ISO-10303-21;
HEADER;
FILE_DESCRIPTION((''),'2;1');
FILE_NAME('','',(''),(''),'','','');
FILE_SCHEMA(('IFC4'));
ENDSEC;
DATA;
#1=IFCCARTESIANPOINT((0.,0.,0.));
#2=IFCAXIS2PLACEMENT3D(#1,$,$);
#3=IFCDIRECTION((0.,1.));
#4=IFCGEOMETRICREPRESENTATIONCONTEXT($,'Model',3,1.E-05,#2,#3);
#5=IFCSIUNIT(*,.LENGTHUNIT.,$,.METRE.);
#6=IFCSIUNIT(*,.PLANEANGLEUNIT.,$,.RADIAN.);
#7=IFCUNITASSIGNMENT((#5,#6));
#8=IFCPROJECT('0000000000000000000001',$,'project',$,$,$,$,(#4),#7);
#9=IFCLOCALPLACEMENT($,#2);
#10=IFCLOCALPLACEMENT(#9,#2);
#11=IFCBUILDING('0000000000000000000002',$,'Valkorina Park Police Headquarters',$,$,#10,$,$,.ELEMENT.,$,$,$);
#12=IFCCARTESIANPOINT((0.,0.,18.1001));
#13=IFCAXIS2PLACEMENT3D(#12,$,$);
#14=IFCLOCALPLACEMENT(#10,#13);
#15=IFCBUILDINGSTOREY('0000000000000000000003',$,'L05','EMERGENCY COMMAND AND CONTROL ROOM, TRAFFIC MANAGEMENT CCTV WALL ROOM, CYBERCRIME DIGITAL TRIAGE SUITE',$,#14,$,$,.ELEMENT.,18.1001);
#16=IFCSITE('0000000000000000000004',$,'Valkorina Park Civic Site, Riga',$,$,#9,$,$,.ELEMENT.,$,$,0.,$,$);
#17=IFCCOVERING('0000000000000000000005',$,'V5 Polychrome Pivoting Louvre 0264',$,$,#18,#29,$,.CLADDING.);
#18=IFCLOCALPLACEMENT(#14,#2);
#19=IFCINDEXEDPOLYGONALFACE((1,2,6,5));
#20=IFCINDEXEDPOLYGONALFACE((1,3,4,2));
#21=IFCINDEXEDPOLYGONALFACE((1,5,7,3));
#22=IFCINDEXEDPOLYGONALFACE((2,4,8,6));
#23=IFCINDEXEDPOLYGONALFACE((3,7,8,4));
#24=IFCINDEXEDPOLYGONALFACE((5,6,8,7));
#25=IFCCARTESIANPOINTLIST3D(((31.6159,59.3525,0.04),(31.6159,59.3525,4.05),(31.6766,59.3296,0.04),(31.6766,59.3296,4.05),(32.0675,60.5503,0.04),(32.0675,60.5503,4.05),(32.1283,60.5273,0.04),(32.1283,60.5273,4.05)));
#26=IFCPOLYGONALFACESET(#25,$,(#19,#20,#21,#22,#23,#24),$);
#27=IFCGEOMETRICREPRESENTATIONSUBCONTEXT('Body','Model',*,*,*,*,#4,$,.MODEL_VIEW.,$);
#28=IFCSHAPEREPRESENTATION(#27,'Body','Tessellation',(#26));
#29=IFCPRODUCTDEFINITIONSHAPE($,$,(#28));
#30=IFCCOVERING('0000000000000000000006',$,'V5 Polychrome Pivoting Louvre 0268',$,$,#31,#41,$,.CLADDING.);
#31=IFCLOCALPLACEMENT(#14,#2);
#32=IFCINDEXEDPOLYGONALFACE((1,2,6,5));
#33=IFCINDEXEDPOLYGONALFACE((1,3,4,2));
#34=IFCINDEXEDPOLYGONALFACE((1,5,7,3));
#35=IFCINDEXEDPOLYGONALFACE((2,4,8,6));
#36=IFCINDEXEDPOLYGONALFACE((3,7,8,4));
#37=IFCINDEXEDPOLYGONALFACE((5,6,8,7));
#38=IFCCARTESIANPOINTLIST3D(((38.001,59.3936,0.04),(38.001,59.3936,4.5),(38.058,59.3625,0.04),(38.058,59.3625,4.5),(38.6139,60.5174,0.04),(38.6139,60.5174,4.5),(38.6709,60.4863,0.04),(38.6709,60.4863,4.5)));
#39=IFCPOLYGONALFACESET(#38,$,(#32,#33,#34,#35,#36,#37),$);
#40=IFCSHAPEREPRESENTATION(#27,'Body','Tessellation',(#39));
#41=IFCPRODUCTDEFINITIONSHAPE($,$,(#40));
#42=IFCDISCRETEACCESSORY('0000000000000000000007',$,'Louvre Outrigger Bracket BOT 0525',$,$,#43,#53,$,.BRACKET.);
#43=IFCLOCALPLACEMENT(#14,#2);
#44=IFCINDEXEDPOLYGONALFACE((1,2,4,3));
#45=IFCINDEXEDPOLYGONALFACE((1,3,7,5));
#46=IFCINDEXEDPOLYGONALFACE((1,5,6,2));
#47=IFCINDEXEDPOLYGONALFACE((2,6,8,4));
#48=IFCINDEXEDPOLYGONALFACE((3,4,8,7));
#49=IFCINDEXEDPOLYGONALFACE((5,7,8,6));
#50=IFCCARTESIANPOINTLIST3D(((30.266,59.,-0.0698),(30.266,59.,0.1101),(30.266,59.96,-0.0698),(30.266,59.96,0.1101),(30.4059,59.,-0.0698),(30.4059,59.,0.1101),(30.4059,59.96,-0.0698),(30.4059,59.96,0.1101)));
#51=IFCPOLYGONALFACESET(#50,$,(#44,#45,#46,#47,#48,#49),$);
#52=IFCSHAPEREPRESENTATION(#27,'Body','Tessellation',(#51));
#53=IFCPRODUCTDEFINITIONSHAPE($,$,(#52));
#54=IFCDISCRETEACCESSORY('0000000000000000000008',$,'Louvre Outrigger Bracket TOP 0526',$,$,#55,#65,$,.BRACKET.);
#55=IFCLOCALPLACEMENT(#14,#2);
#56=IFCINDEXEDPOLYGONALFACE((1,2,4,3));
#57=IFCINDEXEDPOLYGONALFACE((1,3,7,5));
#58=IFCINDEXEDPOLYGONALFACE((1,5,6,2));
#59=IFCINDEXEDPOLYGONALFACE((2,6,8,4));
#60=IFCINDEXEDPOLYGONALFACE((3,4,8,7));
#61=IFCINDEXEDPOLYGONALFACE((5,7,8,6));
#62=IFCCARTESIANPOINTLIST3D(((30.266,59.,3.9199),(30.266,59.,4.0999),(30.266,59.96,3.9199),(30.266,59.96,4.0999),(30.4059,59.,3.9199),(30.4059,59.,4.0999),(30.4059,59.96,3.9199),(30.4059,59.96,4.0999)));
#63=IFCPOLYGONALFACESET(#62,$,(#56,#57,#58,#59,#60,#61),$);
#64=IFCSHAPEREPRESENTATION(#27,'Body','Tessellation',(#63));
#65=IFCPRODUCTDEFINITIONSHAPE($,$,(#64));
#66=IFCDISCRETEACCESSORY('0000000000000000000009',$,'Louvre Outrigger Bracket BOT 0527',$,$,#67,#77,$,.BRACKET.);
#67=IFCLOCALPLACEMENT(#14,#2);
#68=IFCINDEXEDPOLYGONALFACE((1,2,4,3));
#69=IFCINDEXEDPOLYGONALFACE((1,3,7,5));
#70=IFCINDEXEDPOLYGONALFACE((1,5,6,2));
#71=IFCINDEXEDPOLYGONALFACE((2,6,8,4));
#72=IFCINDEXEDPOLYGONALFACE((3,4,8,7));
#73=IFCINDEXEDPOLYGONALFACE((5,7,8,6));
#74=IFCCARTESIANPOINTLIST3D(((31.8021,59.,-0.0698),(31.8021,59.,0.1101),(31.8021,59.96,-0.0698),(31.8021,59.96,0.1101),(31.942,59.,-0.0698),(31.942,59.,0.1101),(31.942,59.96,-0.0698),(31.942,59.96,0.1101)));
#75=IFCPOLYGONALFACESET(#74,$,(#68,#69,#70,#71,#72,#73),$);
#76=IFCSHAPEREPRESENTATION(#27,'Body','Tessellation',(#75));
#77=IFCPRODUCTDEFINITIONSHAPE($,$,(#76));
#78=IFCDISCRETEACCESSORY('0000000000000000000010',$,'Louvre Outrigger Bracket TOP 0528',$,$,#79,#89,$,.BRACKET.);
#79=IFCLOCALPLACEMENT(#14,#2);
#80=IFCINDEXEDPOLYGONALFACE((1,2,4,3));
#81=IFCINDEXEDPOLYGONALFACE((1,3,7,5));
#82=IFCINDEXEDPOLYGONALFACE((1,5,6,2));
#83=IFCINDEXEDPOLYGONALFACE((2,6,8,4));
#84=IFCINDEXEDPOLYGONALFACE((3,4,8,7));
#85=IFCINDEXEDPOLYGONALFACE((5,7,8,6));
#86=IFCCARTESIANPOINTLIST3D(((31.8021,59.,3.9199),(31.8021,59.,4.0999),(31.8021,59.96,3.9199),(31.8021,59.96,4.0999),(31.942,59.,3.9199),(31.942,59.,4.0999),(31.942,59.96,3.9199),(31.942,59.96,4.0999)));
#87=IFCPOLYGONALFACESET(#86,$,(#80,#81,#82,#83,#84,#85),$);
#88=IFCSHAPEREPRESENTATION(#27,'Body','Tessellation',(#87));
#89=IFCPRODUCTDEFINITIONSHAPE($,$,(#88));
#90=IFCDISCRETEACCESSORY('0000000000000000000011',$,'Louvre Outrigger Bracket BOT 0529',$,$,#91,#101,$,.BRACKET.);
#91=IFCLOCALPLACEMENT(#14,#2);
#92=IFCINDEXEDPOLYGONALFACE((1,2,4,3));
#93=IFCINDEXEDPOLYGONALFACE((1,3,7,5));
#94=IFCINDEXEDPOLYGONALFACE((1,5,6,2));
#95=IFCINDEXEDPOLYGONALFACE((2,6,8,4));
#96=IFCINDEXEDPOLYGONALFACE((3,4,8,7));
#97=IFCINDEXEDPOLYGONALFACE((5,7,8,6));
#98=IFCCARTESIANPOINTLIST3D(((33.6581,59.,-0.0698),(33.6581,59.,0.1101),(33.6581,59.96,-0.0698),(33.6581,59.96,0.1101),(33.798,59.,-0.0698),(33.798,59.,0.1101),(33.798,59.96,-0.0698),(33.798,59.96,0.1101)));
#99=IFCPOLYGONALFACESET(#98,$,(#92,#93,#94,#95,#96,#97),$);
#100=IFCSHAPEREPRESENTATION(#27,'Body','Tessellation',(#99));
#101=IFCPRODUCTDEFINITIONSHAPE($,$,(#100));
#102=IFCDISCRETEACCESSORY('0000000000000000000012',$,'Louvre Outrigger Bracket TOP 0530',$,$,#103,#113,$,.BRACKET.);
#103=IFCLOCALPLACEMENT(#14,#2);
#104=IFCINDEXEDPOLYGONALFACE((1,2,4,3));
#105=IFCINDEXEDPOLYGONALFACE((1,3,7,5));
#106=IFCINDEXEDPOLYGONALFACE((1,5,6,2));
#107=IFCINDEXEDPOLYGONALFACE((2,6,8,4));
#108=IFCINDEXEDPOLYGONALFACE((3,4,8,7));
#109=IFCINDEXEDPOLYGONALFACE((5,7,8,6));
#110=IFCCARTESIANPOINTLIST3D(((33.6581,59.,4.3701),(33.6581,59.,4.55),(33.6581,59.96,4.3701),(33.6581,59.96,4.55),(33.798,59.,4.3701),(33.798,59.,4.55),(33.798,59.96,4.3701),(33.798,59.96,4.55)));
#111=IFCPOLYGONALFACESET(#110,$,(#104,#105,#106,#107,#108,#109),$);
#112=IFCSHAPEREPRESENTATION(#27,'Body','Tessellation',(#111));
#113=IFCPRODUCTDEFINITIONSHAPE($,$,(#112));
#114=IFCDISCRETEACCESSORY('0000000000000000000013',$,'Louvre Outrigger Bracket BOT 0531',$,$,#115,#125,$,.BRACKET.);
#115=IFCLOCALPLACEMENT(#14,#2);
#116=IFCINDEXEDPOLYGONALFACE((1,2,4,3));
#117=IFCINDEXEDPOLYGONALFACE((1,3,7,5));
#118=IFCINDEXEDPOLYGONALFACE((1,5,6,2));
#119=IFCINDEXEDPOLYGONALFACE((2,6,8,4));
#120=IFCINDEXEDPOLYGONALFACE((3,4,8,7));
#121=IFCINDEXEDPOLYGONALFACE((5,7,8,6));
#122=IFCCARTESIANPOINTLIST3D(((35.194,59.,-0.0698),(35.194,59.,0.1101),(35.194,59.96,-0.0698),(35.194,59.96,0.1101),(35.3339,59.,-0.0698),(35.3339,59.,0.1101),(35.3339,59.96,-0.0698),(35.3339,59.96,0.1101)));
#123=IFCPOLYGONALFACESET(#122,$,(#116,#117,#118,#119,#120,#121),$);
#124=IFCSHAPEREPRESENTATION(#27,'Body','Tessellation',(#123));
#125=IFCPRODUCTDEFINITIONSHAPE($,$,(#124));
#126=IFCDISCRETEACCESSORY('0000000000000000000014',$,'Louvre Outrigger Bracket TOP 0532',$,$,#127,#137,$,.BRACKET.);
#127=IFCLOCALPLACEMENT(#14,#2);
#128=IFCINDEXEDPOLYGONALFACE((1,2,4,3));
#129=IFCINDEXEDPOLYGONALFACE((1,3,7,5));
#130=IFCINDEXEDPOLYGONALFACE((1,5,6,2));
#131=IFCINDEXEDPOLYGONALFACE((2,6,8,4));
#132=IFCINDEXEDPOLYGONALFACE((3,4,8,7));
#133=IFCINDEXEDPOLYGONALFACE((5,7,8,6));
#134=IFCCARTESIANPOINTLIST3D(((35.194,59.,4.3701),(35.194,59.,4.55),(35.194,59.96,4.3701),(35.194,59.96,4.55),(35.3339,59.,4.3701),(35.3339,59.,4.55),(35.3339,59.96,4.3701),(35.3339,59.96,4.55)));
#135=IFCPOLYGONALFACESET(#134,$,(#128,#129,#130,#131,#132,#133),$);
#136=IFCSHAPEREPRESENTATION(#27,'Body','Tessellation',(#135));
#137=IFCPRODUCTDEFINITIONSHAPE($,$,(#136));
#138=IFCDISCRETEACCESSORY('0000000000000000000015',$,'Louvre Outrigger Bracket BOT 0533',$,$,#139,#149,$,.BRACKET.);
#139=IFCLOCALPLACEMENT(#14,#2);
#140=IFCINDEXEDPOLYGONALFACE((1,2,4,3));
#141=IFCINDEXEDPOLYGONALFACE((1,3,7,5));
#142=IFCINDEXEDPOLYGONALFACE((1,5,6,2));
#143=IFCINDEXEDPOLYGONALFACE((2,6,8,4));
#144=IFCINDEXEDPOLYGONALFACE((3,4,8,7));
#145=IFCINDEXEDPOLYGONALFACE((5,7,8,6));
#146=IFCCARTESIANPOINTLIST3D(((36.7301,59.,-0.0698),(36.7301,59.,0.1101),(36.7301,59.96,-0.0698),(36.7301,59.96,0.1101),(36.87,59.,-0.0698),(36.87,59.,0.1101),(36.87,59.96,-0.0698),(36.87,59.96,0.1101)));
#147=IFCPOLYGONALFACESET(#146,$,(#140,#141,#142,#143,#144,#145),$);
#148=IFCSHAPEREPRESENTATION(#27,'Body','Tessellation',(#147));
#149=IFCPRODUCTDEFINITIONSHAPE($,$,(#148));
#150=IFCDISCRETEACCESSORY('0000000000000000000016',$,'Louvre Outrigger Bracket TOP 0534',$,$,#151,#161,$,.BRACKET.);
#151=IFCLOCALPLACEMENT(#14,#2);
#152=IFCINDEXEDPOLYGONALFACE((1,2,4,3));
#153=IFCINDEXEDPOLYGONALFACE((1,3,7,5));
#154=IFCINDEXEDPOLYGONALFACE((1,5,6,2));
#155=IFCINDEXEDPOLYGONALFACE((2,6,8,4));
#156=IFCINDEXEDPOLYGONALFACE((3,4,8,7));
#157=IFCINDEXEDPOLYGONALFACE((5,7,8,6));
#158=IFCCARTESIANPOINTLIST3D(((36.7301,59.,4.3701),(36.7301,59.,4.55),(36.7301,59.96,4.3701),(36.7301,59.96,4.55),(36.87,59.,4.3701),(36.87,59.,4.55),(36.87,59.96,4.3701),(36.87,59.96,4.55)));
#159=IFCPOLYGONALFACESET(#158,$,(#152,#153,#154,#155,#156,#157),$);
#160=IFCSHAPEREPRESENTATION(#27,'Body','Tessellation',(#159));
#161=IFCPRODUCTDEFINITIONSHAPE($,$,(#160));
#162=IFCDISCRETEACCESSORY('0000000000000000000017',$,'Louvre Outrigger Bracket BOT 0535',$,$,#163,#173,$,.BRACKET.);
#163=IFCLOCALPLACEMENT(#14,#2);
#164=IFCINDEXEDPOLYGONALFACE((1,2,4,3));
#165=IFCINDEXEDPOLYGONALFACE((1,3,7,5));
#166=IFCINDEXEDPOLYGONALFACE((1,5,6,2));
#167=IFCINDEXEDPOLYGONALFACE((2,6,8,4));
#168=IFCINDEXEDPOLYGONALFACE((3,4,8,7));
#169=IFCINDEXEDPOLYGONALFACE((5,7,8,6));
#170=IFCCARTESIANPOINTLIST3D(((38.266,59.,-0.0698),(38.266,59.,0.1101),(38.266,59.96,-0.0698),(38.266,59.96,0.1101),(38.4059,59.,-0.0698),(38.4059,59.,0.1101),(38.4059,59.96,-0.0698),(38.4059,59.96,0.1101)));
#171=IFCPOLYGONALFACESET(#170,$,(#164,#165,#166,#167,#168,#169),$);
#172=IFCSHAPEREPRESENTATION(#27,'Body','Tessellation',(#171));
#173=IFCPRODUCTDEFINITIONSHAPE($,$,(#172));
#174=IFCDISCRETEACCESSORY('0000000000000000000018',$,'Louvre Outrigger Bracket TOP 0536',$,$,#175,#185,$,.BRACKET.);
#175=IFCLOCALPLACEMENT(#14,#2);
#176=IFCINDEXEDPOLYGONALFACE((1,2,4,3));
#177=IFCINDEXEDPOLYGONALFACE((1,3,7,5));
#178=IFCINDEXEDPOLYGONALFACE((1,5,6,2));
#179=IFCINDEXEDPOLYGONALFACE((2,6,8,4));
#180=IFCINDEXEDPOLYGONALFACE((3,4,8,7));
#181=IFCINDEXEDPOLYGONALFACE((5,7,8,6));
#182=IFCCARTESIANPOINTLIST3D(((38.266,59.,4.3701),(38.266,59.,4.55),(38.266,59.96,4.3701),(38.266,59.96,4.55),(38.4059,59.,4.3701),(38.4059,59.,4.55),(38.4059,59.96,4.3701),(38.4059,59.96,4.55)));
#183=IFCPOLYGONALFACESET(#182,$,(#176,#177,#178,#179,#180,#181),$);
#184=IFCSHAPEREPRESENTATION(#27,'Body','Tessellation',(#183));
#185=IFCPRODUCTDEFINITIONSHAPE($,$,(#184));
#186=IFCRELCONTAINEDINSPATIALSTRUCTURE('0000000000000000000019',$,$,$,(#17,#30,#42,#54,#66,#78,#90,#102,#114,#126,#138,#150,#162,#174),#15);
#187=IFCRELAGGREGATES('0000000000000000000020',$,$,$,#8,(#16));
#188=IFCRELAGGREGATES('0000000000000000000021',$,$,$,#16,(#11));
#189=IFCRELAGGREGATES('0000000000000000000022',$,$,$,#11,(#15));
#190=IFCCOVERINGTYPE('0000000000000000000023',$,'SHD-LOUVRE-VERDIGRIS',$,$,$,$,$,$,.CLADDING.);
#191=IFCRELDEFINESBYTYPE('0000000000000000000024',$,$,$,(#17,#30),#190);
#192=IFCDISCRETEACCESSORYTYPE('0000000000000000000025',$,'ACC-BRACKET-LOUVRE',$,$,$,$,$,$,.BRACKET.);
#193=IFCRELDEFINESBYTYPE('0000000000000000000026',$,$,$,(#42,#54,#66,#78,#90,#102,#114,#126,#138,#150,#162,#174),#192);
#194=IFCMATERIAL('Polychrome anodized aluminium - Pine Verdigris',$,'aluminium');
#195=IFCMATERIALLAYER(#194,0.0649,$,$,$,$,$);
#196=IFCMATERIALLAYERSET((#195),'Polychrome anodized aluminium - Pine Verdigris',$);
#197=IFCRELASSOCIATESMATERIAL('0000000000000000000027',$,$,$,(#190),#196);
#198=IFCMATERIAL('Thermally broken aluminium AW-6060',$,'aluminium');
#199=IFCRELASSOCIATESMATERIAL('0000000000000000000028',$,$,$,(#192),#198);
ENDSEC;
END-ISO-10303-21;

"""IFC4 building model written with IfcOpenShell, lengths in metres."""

from ifc_helpers import new_model, si_unit, direction, frame, origin, origin_2d, place, context, subcontext, project, spatial, rectangle, extrude, material, layer, layer_set, type_object, element, save


model = new_model("IFC4")

# Units and contexts
model_context = context("Model", 3, precision=1e-05, world=origin(), true_north=direction((0.0, 1.0)))
body_context = subcontext(model_context, "Body", "Model", "MODEL_VIEW")
ifc_project = project(units=[si_unit("LENGTHUNIT", "METRE"), si_unit("PLANEANGLEUNIT", "RADIAN")], contexts=[model_context])

# Site, building, storey
site_placement = place(None, origin())
site = spatial("IfcSite", under=ifc_project, at=site_placement, Name="Valkorina Park Civic Site, Riga", CompositionType="ELEMENT", RefElevation=0.0)
building_placement = place(site_placement, origin())
building = spatial("IfcBuilding", under=site, at=building_placement, Name="Valkorina Park Police Headquarters", CompositionType="ELEMENT")
storey_placement = place(building_placement, frame((0.0, 0.0, 18.1001)))
storey = spatial("IfcBuildingStorey", under=building, at=storey_placement, Name="L05", Description="EMERGENCY COMMAND AND CONTROL ROOM, TRAFFIC MANAGEMENT CCTV WALL ROOM, CYBERCRIME DIGITAL TRIAGE SUITE", CompositionType="ELEMENT", Elevation=18.1001)

# Shared definitions
ifc_material_1 = material(Name="Thermally broken aluminium AW-6060", Category="aluminium")

# Coverings
ifc_material_2 = material(Name="Polychrome anodized aluminium - Pine Verdigris", Category="aluminium")
ifc_layer_1 = layer(ifc_material_2, 0.0649)
ifc_layer_set_1 = layer_set([ifc_layer_1], Name="Polychrome anodized aluminium - Pine Verdigris")
covering_type_1 = type_object("IfcCoveringType", Name="SHD-LOUVRE-VERDIGRIS", PredefinedType="CLADDING", material=ifc_layer_set_1)
covering_1_placement = place(storey_placement, frame((31.8721, 59.9399, 0.04), z_axis=(0.0, 0.0, 1.0), x_axis=(0.352822, 0.935691, 0.0)))
element("IfcCovering", 1, at=covering_1_placement, inside=storey, type_object=covering_type_1, Name="V5 Polychrome Pivoting Louvre 0264", PredefinedType="CLADDING", context=body_context, shape_type="SweptSolid", body=[
    extrude(rectangle(XDim=1.28, YDim=0.0649, at=origin_2d()), origin(), (0.0, 0.0, 1.0), 4.01),
])
covering_2_placement = place(storey_placement, frame((38.3359, 59.9399, 0.04), z_axis=(0.0, 0.0, 1.0), x_axis=(0.478845, 0.877899, 0.0)))
element("IfcCovering", 2, at=covering_2_placement, inside=storey, type_object=covering_type_1, Name="V5 Polychrome Pivoting Louvre 0268", PredefinedType="CLADDING", context=body_context, shape_type="SweptSolid", body=[
    extrude(rectangle(XDim=1.28, YDim=0.0649, at=origin_2d()), origin(), (0.0, 0.0, 1.0), 4.46),
])

# Discrete accessories
discrete_accessory_type = type_object("IfcDiscreteAccessoryType", Name="ACC-BRACKET-LOUVRE", PredefinedType="BRACKET", material=ifc_material_1)
for number, where, z_axis, x_axis, name in (
    (3, (30.3359, 59.48, -0.0698), (0.0, 0.0, 1.0), (0.0, 1.0, 0.0), "Louvre Outrigger Bracket BOT 0525"),
    (4, (30.3359, 59.48, 3.9199), (0.0, 0.0, 1.0), (0.0, 1.0, 0.0), "Louvre Outrigger Bracket TOP 0526"),
    (5, (31.8721, 59.48, -0.0698), (0.0, 0.0, 1.0), (0.0, 1.0, 0.0), "Louvre Outrigger Bracket BOT 0527"),
    (6, (31.8721, 59.48, 3.9199), (0.0, 0.0, 1.0), (0.0, 1.0, 0.0), "Louvre Outrigger Bracket TOP 0528"),
    (7, (33.728, 59.48, -0.0698), (0.0, 0.0, 1.0), (0.0, 1.0, 0.0), "Louvre Outrigger Bracket BOT 0529"),
    (8, (33.728, 59.48, 4.3701), (0.0, 0.0, 1.0), (0.0, 1.0, 0.0), "Louvre Outrigger Bracket TOP 0530"),
    (9, (35.2639, 59.48, -0.0698), (0.0, 0.0, 1.0), (0.0, 1.0, 0.0), "Louvre Outrigger Bracket BOT 0531"),
    (10, (35.2639, 59.48, 4.3701), (0.0, 0.0, 1.0), (0.0, 1.0, 0.0), "Louvre Outrigger Bracket TOP 0532"),
    (11, (36.8, 59.48, -0.0698), (0.0, 0.0, 1.0), (0.0, 1.0, 0.0), "Louvre Outrigger Bracket BOT 0533"),
    (12, (36.8, 59.48, 4.3701), (0.0, 0.0, 1.0), (0.0, 1.0, 0.0), "Louvre Outrigger Bracket TOP 0534"),
    (13, (38.3359, 59.48, -0.0698), (0.0, 0.0, 1.0), (0.0, 1.0, 0.0), "Louvre Outrigger Bracket BOT 0535"),
    (14, (38.3359, 59.48, 4.3701), (0.0, 0.0, 1.0), (0.0, 1.0, 0.0), "Louvre Outrigger Bracket TOP 0536"),
):
    element("IfcDiscreteAccessory", number, at=place(storey_placement, frame(where, z_axis=z_axis, x_axis=x_axis)), inside=storey, type_object=discrete_accessory_type, Name=name, PredefinedType="BRACKET", context=body_context, shape_type="SweptSolid", body=[
        extrude(rectangle(XDim=0.96, YDim=0.1399, at=origin_2d()), origin(), (0.0, 0.0, 1.0), 0.1799),
    ])

save(model, "model.ifc")
